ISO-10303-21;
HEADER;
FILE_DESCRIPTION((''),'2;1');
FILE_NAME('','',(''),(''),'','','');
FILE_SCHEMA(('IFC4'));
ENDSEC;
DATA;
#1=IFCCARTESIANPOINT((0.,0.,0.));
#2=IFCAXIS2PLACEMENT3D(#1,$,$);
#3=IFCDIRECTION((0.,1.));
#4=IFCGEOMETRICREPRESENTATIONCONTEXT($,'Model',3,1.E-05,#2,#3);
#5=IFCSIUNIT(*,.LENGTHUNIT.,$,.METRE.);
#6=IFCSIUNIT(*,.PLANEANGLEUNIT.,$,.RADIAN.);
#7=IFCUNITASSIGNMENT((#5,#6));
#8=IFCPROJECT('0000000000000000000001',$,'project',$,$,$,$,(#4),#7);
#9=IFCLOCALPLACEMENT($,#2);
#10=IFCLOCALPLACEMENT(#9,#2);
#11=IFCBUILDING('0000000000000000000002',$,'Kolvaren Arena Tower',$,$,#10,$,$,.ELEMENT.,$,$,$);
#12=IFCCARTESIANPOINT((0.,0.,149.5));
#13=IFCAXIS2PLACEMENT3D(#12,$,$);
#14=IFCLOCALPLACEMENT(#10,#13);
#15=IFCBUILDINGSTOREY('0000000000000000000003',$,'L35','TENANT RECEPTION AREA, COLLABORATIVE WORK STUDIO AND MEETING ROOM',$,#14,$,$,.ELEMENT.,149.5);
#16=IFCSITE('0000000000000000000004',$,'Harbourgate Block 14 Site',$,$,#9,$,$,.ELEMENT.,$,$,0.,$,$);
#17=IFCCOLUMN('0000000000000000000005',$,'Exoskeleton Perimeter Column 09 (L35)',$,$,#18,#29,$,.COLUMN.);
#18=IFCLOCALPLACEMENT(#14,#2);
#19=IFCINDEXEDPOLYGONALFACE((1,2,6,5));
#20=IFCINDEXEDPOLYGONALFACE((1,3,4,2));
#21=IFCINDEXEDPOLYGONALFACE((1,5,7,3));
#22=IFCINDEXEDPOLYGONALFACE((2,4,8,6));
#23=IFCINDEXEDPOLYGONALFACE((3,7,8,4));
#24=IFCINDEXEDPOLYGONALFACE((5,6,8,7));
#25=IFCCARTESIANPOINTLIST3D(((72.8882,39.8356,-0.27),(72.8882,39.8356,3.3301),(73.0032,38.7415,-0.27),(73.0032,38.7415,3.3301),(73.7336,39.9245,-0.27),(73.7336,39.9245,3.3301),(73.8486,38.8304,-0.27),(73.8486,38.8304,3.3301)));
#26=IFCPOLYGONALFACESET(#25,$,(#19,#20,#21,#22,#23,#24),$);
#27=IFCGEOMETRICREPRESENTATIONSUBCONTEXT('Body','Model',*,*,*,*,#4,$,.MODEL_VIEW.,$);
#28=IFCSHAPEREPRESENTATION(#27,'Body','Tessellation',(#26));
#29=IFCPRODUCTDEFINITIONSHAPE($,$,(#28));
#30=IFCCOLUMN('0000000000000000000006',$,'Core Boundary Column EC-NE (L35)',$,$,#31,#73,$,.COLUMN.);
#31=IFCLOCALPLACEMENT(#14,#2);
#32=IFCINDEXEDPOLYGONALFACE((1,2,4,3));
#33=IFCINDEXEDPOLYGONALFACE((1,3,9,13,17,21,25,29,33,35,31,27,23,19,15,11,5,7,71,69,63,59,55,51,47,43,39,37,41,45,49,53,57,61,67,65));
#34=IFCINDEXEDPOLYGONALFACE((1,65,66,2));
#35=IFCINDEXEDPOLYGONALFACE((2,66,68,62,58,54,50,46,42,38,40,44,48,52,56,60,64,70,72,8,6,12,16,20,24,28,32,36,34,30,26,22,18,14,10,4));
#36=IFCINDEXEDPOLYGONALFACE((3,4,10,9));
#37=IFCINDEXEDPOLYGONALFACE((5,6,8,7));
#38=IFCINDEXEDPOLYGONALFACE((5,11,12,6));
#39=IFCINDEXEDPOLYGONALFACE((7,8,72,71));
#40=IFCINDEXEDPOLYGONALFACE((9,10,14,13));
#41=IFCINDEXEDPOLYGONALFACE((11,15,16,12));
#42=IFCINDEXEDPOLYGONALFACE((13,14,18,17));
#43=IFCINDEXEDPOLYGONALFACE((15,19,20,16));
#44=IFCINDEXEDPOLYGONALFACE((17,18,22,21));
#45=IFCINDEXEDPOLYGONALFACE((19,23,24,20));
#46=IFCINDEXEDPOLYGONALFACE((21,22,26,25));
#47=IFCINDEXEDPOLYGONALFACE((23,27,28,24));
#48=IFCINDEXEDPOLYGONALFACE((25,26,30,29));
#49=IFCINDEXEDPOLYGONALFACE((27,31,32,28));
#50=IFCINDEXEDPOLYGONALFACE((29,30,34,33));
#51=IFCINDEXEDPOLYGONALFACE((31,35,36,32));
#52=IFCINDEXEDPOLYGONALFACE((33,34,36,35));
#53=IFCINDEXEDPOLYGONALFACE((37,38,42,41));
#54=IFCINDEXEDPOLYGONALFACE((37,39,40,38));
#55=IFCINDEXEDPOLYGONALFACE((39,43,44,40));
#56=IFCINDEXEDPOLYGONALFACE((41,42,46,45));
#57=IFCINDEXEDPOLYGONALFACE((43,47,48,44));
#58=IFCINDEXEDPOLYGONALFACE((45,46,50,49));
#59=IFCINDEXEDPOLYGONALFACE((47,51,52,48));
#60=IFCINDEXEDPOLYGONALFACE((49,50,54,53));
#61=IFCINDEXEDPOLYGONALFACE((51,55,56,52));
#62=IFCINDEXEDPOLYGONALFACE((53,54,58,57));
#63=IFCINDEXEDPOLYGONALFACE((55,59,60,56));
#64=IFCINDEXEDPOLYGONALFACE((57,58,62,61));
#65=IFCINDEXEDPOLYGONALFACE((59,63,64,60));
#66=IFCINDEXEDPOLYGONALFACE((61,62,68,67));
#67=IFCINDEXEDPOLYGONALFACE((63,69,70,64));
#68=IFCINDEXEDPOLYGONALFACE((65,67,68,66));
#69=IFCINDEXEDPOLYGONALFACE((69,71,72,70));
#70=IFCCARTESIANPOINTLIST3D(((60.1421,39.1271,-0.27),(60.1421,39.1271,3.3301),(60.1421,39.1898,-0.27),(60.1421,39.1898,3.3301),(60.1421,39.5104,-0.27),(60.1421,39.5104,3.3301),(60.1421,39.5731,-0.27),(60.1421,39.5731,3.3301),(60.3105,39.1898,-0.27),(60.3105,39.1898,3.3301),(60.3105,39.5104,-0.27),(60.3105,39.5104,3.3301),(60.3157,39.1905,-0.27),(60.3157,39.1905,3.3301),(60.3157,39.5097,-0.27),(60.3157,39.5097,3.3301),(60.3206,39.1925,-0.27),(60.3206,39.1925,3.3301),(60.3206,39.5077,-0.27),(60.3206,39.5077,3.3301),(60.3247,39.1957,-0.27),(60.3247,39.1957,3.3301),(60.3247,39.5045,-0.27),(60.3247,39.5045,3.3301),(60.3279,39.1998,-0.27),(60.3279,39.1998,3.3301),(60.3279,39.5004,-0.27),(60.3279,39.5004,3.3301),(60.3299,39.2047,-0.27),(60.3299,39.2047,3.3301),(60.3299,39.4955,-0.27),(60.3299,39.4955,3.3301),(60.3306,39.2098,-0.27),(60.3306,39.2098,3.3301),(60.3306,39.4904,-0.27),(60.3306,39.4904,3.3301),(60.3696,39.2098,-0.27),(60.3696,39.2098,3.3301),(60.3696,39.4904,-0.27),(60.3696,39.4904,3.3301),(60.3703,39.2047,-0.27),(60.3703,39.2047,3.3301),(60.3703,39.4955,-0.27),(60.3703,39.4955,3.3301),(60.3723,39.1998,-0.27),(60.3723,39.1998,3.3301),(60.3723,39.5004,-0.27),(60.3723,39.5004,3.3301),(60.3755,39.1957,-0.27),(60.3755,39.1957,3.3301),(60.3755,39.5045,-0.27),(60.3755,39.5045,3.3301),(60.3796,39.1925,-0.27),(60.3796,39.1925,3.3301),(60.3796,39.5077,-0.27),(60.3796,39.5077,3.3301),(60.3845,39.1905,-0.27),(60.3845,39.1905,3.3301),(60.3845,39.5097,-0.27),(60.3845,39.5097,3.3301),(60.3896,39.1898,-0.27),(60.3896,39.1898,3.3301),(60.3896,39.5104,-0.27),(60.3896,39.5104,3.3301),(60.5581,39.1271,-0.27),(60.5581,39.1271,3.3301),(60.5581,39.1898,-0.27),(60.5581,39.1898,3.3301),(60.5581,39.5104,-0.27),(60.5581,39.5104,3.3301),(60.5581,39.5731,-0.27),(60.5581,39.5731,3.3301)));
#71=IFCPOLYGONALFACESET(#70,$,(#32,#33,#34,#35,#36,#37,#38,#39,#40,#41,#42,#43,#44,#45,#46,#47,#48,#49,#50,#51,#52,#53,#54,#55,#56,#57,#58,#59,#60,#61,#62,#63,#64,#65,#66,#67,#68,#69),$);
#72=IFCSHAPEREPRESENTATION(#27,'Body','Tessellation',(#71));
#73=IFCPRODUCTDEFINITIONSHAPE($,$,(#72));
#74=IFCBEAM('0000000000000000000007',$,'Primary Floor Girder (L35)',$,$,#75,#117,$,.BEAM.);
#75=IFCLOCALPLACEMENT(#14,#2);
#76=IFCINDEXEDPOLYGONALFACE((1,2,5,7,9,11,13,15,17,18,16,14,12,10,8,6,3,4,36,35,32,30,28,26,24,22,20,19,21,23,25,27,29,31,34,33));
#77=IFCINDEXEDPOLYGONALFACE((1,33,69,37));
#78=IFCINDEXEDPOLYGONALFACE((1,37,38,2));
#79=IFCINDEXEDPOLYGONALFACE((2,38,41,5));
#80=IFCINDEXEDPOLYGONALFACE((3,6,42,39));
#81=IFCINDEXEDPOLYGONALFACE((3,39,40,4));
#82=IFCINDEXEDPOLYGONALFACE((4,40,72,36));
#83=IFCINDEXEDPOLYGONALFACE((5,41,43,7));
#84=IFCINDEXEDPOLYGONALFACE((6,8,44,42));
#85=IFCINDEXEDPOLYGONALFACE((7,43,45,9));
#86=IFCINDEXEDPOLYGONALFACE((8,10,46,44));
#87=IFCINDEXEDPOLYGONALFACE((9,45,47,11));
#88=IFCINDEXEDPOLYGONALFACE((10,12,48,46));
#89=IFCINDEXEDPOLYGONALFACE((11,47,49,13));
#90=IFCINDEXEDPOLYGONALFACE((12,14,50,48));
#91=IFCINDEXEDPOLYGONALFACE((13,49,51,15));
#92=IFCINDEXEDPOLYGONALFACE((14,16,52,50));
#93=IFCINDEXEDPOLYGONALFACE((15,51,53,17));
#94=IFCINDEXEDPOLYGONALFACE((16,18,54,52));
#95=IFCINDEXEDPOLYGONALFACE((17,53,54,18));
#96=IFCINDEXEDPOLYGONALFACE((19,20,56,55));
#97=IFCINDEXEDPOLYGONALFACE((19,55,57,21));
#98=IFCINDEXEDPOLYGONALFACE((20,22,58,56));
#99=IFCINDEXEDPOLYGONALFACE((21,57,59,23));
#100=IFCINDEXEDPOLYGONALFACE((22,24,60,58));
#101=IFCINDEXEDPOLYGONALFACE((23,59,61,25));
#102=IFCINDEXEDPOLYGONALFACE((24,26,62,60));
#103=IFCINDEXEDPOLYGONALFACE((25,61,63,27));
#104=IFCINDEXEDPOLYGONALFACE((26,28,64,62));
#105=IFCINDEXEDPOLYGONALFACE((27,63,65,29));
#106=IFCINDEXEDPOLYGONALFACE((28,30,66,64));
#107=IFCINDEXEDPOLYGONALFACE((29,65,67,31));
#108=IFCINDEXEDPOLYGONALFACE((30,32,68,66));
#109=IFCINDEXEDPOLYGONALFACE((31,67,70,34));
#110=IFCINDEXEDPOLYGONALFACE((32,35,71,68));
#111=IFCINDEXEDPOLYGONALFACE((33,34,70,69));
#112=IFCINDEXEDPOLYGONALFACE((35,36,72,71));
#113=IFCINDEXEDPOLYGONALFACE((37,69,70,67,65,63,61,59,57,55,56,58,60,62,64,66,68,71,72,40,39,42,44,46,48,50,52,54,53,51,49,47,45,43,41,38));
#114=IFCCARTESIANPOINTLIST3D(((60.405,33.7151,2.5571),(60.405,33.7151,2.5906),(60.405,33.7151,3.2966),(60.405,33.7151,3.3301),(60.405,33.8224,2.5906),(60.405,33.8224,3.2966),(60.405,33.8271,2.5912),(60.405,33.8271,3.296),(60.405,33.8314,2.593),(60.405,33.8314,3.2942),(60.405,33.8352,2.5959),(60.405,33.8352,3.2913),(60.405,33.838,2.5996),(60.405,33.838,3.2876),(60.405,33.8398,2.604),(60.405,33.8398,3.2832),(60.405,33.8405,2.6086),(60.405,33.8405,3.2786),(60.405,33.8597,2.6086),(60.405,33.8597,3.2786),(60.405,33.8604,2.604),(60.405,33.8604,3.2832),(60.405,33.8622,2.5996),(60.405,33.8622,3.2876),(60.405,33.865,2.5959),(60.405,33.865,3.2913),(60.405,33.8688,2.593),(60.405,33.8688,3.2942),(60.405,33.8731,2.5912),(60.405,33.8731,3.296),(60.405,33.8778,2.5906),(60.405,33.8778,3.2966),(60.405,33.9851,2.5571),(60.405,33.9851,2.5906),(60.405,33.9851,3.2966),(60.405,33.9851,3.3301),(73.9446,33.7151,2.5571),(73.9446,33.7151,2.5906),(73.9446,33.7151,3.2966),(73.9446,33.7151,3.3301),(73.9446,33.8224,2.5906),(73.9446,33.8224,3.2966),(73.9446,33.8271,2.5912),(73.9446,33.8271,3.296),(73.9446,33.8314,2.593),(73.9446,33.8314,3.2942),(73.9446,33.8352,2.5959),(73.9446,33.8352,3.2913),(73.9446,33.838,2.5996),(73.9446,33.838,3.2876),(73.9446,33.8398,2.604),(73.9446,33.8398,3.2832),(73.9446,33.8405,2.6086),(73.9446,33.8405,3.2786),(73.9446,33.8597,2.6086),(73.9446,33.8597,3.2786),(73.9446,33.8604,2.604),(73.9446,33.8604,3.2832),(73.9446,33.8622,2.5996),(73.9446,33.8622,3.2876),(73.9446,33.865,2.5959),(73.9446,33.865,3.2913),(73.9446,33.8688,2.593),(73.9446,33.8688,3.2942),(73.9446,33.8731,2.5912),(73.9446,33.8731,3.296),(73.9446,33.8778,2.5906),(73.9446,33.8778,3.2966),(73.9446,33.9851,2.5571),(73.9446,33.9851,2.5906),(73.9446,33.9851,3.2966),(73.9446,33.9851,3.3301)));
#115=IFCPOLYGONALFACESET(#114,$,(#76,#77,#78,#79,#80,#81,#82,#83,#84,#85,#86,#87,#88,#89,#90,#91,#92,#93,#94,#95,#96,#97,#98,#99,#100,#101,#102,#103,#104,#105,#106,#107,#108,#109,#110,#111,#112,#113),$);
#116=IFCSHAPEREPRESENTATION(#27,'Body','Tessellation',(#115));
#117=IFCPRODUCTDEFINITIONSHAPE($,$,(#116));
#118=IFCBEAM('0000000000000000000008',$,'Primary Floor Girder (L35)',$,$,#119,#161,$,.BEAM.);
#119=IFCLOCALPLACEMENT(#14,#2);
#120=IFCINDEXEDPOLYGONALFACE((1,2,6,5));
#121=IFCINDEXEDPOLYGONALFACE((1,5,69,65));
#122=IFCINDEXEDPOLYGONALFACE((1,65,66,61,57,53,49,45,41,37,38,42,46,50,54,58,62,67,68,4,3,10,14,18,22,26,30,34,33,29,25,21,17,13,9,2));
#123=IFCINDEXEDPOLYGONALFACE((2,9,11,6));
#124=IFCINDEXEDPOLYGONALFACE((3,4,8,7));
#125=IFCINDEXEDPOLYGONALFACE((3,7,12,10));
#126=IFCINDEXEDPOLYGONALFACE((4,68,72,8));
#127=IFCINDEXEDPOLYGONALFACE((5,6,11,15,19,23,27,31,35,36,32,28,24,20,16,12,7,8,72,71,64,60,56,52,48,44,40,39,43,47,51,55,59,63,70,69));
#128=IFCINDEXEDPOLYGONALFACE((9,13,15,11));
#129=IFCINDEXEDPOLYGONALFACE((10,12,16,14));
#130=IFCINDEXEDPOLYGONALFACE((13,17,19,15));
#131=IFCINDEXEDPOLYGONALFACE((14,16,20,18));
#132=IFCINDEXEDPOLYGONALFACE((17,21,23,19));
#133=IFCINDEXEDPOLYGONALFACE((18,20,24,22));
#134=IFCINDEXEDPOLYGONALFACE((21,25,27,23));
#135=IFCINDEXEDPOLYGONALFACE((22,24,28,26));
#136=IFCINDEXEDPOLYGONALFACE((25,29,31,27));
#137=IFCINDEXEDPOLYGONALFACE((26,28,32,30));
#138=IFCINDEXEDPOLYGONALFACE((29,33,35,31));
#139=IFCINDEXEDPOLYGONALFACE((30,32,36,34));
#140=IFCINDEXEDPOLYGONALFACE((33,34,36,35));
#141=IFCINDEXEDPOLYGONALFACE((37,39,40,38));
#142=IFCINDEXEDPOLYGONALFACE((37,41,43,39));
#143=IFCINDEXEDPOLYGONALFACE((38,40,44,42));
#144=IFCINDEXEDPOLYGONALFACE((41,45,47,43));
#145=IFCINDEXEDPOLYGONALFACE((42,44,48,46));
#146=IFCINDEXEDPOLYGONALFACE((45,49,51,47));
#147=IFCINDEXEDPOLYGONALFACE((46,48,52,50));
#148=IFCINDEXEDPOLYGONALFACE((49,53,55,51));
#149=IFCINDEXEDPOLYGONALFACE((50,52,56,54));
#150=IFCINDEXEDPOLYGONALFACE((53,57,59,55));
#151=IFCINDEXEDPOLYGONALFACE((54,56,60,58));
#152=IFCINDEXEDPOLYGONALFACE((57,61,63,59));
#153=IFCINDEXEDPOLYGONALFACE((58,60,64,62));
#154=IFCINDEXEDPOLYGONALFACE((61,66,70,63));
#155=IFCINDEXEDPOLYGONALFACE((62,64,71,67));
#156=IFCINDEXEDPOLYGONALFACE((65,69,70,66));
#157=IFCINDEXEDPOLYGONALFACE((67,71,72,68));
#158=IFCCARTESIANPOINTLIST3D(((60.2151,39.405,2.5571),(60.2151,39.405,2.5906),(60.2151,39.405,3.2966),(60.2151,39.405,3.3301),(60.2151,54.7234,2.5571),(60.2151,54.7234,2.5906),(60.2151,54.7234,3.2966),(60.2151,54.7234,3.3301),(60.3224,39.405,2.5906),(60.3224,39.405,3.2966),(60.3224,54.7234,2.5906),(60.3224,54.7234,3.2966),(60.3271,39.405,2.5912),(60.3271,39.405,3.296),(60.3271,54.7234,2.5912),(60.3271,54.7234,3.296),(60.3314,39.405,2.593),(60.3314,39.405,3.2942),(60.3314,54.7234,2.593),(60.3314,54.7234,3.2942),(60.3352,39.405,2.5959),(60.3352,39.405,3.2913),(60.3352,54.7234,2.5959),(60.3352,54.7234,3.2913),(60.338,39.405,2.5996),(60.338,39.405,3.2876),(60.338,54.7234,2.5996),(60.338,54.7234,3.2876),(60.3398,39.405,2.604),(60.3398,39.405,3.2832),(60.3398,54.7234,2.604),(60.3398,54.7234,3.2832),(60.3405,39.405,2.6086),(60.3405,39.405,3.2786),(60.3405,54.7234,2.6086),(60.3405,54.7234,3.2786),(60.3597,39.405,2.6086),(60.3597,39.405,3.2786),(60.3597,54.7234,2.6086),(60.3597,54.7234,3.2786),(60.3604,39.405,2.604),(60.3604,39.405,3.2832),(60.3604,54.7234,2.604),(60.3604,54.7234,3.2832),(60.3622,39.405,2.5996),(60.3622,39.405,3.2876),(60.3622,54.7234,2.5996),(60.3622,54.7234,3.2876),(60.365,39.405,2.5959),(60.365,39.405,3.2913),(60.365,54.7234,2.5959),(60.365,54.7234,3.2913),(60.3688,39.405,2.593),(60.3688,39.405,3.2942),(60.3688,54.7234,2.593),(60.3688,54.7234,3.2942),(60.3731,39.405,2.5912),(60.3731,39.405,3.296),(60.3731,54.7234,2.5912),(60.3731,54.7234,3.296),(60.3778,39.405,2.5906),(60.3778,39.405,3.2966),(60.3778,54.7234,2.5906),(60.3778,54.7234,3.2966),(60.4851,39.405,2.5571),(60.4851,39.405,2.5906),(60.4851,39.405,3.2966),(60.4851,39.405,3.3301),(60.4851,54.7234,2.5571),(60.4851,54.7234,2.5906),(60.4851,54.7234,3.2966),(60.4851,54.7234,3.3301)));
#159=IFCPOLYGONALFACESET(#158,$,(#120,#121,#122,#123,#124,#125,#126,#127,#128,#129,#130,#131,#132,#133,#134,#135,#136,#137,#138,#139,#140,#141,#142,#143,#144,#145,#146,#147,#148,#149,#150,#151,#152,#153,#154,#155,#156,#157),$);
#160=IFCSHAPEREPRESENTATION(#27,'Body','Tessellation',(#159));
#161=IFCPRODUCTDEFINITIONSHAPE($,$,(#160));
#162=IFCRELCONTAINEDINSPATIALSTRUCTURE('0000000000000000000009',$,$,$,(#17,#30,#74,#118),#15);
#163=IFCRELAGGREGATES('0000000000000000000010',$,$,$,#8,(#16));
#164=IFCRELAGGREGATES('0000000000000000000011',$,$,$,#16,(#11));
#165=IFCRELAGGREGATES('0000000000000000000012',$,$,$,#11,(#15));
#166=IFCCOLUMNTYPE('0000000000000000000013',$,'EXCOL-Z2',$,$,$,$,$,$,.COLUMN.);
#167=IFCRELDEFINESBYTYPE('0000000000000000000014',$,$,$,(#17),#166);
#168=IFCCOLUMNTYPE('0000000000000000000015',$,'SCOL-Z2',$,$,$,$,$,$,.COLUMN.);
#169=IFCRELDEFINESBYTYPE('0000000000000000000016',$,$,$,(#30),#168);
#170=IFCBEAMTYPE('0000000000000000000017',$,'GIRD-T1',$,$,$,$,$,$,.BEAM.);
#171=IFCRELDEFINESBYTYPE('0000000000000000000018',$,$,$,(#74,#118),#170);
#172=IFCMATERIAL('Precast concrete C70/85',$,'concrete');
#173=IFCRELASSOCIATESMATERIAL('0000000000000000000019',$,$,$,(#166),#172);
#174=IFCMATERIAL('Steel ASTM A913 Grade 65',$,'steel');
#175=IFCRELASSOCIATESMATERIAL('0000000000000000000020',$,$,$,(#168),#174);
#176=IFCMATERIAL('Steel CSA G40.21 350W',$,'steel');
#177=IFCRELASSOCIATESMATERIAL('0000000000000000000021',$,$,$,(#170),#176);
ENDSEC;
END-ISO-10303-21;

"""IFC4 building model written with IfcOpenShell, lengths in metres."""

from ifc_helpers import new_model, si_unit, direction, frame, origin, origin_2d, place, context, subcontext, project, spatial, rectangle, i_section, extrude, material, material_profile, profile_set, type_object, element, save


model = new_model("IFC4")

# Units and contexts
model_context = context("Model", 3, precision=1e-05, world=origin(), true_north=direction((0.0, 1.0)))
body_context = subcontext(model_context, "Body", "Model", "MODEL_VIEW")
ifc_project = project(units=[si_unit("LENGTHUNIT", "METRE"), si_unit("PLANEANGLEUNIT", "RADIAN")], contexts=[model_context])

# Site, building, storey
site_placement = place(None, origin())
site = spatial("IfcSite", under=ifc_project, at=site_placement, Name="Harbourgate Block 14 Site", CompositionType="ELEMENT", RefElevation=0.0)
building_placement = place(site_placement, origin())
building = spatial("IfcBuilding", under=site, at=building_placement, Name="Kolvaren Arena Tower", CompositionType="ELEMENT")
storey_placement = place(building_placement, frame((0.0, 0.0, 149.5)))
storey = spatial("IfcBuildingStorey", under=building, at=storey_placement, Name="L35", Description="TENANT RECEPTION AREA, COLLABORATIVE WORK STUDIO AND MEETING ROOM", CompositionType="ELEMENT", Elevation=149.5)

# Columns
ifc_material_1 = material(Name="Precast concrete C70/85", Category="concrete")
ifc_material_profile_1 = material_profile(ifc_material_1, rectangle(XDim=1.1001, YDim=0.8501, at=origin_2d()), Name="RC-1100x850")
ifc_profile_set_1 = profile_set([ifc_material_profile_1], Name="Precast concrete C70/85")
column_type_1 = type_object("IfcColumnType", Name="EXCOL-Z2", PredefinedType="COLUMN", material=ifc_profile_set_1)
column_1_placement = place(storey_placement, frame((73.3684, 39.333, -0.27), z_axis=(0.0, 0.0, 1.0), x_axis=(-0.104528, 0.994522, 0.0)))
element("IfcColumn", 1, at=column_1_placement, inside=storey, type_object=column_type_1, Name="Exoskeleton Perimeter Column 09 (L35)", PredefinedType="COLUMN", context=body_context, shape_type="SweptSolid", body=[
    extrude(rectangle(XDim=1.1001, YDim=0.8501, at=origin_2d()), origin(), (0.0, 0.0, 1.0), 3.6001),
])
ifc_material_2 = material(Name="Steel ASTM A913 Grade 65", Category="steel")
ifc_material_profile_2 = material_profile(ifc_material_2, i_section(OverallWidth=0.416, OverallDepth=0.446, WebThickness=0.0391, FlangeThickness=0.0627, FilletRadius=0.02, at=origin_2d()), Name="W360x509")
ifc_profile_set_2 = profile_set([ifc_material_profile_2], Name="Steel ASTM A913 Grade 65")
column_type_2 = type_object("IfcColumnType", Name="SCOL-Z2", PredefinedType="COLUMN", material=ifc_profile_set_2)
column_2_placement = place(storey_placement, frame((60.3501, 39.3501, -0.27), z_axis=(0.0, 0.0, 1.0), x_axis=(1.0, 0.0, 0.0)))
element("IfcColumn", 2, at=column_2_placement, inside=storey, type_object=column_type_2, Name="Core Boundary Column EC-NE (L35)", PredefinedType="COLUMN", context=body_context, shape_type="SweptSolid", body=[
    extrude(i_section(OverallWidth=0.416, OverallDepth=0.446, WebThickness=0.0391, FlangeThickness=0.0627, FilletRadius=0.02, at=origin_2d()), origin(), (0.0, 0.0, 1.0), 3.6001),
])

# Beams
ifc_material_3 = material(Name="Steel CSA G40.21 350W", Category="steel")
ifc_material_profile_3 = material_profile(ifc_material_3, i_section(OverallWidth=0.27, OverallDepth=0.7729, WebThickness=0.0193, FlangeThickness=0.0334, FilletRadius=0.0181, at=origin_2d()), Name="W760x257")
ifc_profile_set_3 = profile_set([ifc_material_profile_3], Name="Steel CSA G40.21 350W")
beam_type_1 = type_object("IfcBeamType", Name="GIRD-T1", PredefinedType="BEAM", material=ifc_profile_set_3)
beam_1_placement = place(storey_placement, frame((60.405, 33.8501, 2.9436), z_axis=(1.0, 0.0, 0.0), x_axis=(0.0, 1.0, 0.0)))
element("IfcBeam", 3, at=beam_1_placement, inside=storey, type_object=beam_type_1, Name="Primary Floor Girder (L35)", PredefinedType="BEAM", context=body_context, shape_type="SweptSolid", body=[
    extrude(i_section(OverallWidth=0.27, OverallDepth=0.7729, WebThickness=0.0193, FlangeThickness=0.0334, FilletRadius=0.0181, at=origin_2d()), origin(), (0.0, 0.0, 1.0), 13.5396),
])
beam_2_placement = place(storey_placement, frame((60.3501, 39.405, 2.9436), z_axis=(0.0, 1.0, 0.0), x_axis=(-1.0, 0.0, 0.0)))
element("IfcBeam", 4, at=beam_2_placement, inside=storey, type_object=beam_type_1, Name="Primary Floor Girder (L35)", PredefinedType="BEAM", context=body_context, shape_type="SweptSolid", body=[
    extrude(i_section(OverallWidth=0.27, OverallDepth=0.7729, WebThickness=0.0193, FlangeThickness=0.0334, FilletRadius=0.0181, at=origin_2d()), origin(), (0.0, 0.0, 1.0), 15.3184),
])

save(model, "model.ifc")
